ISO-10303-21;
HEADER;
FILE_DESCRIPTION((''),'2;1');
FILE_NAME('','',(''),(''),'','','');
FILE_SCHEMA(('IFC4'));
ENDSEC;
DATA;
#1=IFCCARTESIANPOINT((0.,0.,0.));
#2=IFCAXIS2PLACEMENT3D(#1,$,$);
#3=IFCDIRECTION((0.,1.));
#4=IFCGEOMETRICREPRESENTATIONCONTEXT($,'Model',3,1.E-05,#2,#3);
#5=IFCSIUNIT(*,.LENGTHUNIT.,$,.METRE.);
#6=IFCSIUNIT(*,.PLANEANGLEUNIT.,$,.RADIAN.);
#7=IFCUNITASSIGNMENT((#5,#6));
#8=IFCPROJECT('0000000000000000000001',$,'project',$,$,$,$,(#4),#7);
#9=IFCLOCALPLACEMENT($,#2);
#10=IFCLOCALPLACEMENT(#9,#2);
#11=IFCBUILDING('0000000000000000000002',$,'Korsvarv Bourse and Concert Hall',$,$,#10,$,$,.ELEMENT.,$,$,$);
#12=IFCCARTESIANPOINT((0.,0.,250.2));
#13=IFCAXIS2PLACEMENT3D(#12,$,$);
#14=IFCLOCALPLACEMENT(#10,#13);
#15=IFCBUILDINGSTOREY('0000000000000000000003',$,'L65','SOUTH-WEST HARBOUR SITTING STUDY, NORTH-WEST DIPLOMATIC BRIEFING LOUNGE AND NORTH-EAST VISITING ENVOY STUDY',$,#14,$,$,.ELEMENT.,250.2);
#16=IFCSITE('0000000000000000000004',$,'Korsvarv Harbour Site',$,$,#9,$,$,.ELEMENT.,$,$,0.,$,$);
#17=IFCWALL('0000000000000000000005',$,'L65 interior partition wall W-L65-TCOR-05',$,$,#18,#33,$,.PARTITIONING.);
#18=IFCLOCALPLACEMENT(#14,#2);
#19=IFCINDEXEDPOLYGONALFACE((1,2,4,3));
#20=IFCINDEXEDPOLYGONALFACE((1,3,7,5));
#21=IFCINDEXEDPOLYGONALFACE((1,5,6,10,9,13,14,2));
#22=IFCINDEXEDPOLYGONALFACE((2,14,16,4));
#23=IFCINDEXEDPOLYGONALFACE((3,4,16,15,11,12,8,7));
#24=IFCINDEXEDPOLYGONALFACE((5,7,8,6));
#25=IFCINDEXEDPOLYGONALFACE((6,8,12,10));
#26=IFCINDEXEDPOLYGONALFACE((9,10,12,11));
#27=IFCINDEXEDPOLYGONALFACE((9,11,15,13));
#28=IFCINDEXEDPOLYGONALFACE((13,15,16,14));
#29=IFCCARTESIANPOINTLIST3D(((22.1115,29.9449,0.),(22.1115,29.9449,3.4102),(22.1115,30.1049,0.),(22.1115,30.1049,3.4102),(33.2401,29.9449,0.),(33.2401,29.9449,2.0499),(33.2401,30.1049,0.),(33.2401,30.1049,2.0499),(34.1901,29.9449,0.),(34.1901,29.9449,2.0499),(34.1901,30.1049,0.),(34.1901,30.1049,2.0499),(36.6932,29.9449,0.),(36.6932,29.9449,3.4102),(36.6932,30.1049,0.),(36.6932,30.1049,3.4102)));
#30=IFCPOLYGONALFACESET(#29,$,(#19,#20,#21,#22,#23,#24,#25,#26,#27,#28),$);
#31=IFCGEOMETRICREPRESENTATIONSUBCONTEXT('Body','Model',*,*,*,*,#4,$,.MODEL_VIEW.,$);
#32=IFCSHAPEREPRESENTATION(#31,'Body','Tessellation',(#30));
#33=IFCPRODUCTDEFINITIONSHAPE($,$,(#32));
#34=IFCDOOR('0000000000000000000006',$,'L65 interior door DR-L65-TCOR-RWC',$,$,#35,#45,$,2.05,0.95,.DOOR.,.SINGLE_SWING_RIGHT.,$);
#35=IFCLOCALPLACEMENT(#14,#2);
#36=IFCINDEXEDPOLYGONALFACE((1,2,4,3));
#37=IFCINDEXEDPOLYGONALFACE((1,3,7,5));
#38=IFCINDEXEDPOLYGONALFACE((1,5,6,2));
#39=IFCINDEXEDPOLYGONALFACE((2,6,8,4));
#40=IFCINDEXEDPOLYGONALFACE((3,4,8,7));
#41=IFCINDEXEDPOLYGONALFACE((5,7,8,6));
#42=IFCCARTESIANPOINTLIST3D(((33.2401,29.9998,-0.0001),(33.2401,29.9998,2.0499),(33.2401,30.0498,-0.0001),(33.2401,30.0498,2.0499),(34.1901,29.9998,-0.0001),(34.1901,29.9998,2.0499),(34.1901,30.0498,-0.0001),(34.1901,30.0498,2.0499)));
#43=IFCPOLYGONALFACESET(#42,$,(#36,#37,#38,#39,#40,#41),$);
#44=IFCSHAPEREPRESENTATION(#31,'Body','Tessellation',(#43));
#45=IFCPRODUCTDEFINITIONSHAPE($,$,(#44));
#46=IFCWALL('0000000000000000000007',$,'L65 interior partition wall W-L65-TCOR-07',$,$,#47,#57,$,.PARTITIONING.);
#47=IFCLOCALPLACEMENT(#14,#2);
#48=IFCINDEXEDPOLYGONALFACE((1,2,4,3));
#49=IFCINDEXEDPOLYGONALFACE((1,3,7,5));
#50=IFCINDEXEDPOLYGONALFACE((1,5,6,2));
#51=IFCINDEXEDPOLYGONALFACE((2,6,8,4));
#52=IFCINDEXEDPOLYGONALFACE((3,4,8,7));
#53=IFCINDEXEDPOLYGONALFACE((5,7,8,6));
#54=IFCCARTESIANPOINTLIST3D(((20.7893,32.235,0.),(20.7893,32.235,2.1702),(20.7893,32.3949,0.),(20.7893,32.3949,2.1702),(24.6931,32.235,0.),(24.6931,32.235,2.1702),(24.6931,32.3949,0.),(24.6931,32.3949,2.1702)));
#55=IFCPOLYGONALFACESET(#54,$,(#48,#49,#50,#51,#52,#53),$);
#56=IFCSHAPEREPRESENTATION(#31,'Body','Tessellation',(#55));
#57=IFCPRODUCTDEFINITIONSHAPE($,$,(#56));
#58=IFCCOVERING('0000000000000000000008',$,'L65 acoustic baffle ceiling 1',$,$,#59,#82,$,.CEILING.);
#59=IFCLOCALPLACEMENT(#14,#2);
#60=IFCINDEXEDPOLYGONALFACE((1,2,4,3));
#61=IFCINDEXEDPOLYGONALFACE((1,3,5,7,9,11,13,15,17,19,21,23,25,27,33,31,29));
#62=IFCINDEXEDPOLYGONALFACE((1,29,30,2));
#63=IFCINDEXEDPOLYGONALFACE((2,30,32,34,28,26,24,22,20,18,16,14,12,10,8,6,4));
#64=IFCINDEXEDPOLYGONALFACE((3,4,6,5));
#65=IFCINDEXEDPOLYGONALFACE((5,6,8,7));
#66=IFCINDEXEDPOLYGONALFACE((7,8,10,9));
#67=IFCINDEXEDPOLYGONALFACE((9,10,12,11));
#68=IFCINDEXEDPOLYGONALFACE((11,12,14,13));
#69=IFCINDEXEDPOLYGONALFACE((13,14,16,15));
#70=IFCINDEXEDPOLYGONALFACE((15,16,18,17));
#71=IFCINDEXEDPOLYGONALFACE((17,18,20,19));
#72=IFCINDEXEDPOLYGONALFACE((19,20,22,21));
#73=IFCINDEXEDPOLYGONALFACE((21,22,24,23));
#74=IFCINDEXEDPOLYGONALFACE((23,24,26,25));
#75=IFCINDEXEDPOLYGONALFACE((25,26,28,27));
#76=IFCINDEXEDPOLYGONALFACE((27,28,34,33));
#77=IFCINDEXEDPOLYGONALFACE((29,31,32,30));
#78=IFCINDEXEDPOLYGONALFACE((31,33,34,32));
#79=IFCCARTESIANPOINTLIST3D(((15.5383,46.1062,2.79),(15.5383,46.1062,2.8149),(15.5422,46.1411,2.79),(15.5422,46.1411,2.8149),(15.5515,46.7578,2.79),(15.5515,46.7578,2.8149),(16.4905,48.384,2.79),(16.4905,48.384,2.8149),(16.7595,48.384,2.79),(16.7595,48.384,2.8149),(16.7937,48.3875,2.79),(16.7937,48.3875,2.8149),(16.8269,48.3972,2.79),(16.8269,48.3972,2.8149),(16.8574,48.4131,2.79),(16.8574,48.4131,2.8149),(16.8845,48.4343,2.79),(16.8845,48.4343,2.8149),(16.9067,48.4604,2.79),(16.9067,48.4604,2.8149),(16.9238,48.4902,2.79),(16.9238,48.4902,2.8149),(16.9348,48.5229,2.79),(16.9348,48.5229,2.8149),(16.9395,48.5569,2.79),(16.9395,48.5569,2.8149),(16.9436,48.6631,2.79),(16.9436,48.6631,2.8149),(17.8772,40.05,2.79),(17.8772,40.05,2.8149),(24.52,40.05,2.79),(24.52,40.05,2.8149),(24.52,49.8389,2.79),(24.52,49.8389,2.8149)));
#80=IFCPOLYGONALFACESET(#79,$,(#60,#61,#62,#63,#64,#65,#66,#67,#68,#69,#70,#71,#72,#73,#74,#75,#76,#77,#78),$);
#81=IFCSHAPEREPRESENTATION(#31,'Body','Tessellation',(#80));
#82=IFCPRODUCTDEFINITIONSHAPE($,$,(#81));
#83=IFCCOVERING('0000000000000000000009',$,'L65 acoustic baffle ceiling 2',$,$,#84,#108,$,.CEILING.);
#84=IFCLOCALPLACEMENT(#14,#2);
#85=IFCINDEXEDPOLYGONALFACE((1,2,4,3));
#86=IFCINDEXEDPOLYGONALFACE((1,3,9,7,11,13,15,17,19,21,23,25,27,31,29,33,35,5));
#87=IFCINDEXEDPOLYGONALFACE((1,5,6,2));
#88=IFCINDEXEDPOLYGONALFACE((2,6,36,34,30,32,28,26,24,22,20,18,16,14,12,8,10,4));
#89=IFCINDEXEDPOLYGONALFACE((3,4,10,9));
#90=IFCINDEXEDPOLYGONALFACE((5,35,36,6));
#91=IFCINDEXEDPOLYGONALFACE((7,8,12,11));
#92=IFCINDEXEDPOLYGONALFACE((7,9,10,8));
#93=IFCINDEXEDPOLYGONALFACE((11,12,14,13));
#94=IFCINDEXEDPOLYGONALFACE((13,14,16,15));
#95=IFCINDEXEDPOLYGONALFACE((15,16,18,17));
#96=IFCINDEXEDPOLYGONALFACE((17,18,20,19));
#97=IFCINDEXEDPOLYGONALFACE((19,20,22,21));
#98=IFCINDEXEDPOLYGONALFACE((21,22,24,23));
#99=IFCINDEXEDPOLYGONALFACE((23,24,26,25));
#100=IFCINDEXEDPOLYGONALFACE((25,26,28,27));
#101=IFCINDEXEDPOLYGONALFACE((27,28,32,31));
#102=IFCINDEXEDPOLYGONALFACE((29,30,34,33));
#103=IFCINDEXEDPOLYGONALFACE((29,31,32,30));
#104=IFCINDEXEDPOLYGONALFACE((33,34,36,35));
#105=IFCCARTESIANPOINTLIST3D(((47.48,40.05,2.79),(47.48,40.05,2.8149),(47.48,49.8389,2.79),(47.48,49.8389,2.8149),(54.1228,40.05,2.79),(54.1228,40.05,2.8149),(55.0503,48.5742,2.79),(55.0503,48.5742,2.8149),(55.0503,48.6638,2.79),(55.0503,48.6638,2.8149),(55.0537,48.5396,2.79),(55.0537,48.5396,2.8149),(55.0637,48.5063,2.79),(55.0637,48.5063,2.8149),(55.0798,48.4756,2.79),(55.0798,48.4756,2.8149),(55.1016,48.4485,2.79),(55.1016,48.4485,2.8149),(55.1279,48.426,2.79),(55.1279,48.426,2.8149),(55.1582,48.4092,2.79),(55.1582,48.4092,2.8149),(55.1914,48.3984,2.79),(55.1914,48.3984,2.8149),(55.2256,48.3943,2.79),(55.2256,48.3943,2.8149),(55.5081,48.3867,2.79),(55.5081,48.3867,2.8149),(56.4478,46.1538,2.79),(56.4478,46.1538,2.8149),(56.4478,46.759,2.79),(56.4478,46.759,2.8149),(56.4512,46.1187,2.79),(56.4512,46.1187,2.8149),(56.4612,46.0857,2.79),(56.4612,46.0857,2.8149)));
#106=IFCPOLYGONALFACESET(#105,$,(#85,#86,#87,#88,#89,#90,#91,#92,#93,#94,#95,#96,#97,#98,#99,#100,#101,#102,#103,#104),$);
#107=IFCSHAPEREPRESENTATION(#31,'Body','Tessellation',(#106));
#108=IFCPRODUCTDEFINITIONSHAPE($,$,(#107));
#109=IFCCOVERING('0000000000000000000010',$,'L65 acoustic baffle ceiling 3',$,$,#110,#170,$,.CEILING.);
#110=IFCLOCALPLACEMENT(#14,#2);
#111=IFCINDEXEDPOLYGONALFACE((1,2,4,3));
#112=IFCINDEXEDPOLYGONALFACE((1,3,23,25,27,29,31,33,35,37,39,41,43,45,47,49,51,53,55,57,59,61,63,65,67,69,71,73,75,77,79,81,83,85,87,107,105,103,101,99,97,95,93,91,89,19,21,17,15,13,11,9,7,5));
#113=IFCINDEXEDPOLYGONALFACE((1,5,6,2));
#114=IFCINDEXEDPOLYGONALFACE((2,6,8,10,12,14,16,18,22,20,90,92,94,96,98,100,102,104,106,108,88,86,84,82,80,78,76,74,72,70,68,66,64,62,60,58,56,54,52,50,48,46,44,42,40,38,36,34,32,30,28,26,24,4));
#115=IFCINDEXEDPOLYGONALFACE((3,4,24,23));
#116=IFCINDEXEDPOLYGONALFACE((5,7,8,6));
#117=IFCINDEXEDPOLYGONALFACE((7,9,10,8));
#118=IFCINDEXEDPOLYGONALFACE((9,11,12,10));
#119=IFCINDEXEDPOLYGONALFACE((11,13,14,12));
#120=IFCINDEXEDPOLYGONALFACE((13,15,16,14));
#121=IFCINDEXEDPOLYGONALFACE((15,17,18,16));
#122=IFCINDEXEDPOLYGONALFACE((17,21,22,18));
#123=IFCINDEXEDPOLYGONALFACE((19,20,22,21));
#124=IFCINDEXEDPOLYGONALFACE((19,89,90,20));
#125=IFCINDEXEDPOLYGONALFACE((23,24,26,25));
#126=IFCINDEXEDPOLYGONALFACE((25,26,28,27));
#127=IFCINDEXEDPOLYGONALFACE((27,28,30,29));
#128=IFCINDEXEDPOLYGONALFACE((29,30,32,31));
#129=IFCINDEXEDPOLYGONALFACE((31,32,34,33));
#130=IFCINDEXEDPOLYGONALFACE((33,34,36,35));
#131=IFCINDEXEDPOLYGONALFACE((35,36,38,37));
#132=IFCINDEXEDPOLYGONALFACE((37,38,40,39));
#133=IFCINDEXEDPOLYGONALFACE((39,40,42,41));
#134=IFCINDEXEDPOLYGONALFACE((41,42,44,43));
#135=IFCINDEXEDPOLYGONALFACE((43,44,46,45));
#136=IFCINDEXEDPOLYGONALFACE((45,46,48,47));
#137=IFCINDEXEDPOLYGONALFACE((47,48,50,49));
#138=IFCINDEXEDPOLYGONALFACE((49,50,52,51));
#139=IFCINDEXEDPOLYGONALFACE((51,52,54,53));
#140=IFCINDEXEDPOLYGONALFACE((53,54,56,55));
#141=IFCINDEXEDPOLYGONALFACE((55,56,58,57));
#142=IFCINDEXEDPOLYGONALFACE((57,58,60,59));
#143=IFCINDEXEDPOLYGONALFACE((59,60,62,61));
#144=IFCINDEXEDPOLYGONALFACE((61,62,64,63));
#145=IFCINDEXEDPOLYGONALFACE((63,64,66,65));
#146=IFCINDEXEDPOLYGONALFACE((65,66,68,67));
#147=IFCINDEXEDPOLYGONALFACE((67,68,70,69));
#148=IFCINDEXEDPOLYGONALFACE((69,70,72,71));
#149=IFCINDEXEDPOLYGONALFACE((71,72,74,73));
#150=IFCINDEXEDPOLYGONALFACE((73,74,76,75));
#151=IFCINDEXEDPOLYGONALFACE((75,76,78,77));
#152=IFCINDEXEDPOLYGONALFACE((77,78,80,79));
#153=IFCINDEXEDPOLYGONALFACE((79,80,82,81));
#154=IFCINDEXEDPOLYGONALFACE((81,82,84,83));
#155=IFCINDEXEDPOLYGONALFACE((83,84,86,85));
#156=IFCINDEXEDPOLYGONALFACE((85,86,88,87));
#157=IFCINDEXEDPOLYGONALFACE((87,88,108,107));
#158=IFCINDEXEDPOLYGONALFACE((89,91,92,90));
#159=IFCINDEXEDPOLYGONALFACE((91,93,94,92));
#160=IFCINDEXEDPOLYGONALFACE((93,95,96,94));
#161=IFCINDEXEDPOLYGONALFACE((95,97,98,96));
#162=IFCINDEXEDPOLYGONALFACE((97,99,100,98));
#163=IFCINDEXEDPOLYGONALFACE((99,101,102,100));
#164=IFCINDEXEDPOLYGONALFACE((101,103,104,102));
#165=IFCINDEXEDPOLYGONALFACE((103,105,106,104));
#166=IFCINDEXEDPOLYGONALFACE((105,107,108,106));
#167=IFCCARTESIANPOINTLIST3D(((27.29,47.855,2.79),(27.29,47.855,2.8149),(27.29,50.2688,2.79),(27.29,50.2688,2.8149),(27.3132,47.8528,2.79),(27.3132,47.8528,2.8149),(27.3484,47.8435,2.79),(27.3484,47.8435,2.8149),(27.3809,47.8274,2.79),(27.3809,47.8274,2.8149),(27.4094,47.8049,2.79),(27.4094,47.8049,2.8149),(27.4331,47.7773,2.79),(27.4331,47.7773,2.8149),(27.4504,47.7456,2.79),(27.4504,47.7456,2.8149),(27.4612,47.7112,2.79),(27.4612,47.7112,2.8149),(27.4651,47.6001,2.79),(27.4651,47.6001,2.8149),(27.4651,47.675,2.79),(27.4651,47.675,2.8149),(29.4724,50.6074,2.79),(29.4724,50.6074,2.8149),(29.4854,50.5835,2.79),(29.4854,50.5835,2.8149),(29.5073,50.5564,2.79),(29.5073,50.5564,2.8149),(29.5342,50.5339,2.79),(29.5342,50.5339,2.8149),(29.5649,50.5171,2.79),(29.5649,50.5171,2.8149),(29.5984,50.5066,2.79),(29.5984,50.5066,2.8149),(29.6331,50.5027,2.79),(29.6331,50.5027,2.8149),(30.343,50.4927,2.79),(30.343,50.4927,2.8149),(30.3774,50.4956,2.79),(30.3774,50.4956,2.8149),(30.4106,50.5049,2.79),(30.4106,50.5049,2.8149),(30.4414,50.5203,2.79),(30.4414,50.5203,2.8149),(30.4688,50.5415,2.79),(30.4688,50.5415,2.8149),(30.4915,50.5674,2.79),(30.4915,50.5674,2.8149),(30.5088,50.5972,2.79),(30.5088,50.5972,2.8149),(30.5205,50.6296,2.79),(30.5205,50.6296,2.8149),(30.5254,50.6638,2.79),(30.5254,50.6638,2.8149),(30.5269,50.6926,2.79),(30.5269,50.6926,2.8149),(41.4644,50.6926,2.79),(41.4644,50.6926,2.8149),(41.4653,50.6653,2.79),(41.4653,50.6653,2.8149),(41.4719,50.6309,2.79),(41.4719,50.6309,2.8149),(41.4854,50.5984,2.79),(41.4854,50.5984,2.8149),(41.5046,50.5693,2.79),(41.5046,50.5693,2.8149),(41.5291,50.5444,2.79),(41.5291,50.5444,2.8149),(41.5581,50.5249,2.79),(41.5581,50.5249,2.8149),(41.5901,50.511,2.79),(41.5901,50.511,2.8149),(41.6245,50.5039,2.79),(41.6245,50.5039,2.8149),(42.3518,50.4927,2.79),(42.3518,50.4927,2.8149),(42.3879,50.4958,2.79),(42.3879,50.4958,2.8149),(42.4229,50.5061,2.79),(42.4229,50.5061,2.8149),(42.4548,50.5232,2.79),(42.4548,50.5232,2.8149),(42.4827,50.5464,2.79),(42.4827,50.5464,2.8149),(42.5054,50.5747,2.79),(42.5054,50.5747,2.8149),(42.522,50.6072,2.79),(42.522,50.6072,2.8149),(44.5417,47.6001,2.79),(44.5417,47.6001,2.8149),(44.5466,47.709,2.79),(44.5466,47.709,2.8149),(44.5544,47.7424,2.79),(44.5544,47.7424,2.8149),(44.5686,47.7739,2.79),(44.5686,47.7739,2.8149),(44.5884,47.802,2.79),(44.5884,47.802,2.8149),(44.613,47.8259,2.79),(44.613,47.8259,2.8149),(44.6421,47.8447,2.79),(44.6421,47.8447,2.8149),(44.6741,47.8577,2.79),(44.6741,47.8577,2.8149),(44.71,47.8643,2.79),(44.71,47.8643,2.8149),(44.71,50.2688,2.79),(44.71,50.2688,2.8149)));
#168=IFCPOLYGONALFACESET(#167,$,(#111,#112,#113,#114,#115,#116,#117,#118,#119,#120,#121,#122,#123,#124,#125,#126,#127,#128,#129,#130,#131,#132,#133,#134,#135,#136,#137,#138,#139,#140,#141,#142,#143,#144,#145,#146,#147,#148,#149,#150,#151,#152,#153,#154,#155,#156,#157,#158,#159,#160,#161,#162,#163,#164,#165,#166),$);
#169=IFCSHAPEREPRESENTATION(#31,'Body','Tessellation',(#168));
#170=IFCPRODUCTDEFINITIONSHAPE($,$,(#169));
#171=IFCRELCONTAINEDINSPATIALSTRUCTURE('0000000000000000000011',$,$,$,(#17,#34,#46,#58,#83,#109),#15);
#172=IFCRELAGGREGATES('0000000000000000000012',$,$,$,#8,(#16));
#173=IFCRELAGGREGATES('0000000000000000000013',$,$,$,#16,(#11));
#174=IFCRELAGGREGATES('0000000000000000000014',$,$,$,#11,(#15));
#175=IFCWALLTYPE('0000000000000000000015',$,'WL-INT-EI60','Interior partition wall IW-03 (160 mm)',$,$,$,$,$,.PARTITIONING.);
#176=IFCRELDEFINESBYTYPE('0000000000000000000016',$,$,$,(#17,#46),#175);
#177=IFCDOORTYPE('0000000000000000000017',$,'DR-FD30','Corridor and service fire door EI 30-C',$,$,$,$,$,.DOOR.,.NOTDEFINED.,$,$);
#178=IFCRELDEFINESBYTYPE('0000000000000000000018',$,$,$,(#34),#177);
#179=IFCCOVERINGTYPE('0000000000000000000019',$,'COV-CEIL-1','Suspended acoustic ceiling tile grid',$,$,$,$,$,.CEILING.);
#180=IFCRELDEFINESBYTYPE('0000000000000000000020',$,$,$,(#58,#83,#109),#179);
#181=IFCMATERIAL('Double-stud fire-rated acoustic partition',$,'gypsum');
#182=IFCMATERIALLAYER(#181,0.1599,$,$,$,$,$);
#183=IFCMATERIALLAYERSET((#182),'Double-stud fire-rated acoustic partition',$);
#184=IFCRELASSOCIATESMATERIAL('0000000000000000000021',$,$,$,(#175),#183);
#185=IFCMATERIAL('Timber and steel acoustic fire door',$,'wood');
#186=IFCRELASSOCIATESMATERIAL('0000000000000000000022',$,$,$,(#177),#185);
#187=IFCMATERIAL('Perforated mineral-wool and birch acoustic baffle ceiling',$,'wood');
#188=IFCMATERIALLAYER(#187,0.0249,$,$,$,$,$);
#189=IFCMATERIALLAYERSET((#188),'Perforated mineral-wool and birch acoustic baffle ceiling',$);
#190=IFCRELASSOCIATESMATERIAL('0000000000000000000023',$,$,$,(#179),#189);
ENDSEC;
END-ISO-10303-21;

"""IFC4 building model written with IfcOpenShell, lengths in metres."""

from ifc_helpers import new_model, si_unit, direction, frame, frame_2d, origin, place, context, subcontext, project, spatial, polyline, rectangle, outline, extrude, material, layer, layer_set, type_object, element, fill, save


model = new_model("IFC4")

# Units and contexts
model_context = context("Model", 3, precision=1e-05, world=origin(), true_north=direction((0.0, 1.0)))
body_context = subcontext(model_context, "Body", "Model", "MODEL_VIEW")
ifc_project = project(units=[si_unit("LENGTHUNIT", "METRE"), si_unit("PLANEANGLEUNIT", "RADIAN")], contexts=[model_context])

# Site, building, storey
site_placement = place(None, origin())
site = spatial("IfcSite", under=ifc_project, at=site_placement, Name="Korsvarv Harbour Site", CompositionType="ELEMENT", RefElevation=0.0)
building_placement = place(site_placement, origin())
building = spatial("IfcBuilding", under=site, at=building_placement, Name="Korsvarv Bourse and Concert Hall", CompositionType="ELEMENT")
storey_placement = place(building_placement, frame((0.0, 0.0, 250.2)))
storey = spatial("IfcBuildingStorey", under=building, at=storey_placement, Name="L65", Description="SOUTH-WEST HARBOUR SITTING STUDY, NORTH-WEST DIPLOMATIC BRIEFING LOUNGE AND NORTH-EAST VISITING ENVOY STUDY", CompositionType="ELEMENT", Elevation=250.2)

# Wall, opening, door
ifc_material_1 = material(Name="Double-stud fire-rated acoustic partition", Category="gypsum")
ifc_layer_1 = layer(ifc_material_1, 0.1599)
ifc_layer_set_1 = layer_set([ifc_layer_1], Name="Double-stud fire-rated acoustic partition")
wall_type = type_object("IfcWallType", Name="WL-INT-EI60", Description="Interior partition wall IW-03 (160 mm)", PredefinedType="PARTITIONING", material=ifc_layer_set_1)
wall_1_placement = place(storey_placement, frame((22.1113, 30.0249, 0.0), z_axis=(0.0, 0.0, 1.0), x_axis=(1.0, 0.0, 0.0)))
wall_1 = element("IfcWall", 1, at=wall_1_placement, inside=storey, type_object=wall_type, Name="L65 interior partition wall W-L65-TCOR-05", PredefinedType="PARTITIONING", context=body_context, shape_type="SweptSolid", body=[
    extrude(rectangle(XDim=14.5818, YDim=0.1599, at=frame_2d((7.291, 0.0))), origin(), (0.0, 0.0, 1.0), 3.4102),
])
opening_placement = place(wall_1_placement, frame((11.1287, 0.0, 0.0)))
opening = element("IfcOpeningElement", 2, at=opening_placement, cuts=wall_1, PredefinedType="OPENING", context=body_context, shape_type="SweptSolid", body=[
    extrude(rectangle(XDim=0.95, YDim=2.05, at=frame_2d((0.4751, 1.0249))), frame((0.0, 0.0898, 0.0), z_axis=(0.0, -1.0, 0.0), x_axis=(1.0, 0.0, 0.0)), (0.0, 0.0, 1.0), 0.1799),
])
ifc_material_2 = material(Name="Timber and steel acoustic fire door", Category="wood")
door_type = type_object("IfcDoorType", Name="DR-FD30", Description="Corridor and service fire door EI 30-C", OperationType="NOTDEFINED", PredefinedType="DOOR", material=ifc_material_2)
door_placement = place(opening_placement, origin())
door = element("IfcDoor", 3, at=door_placement, inside=storey, type_object=door_type, Name="L65 interior door DR-L65-TCOR-RWC", OperationType="SINGLE_SWING_RIGHT", OverallHeight=2.05, OverallWidth=0.95, PredefinedType="DOOR", context=body_context, shape_type="SweptSolid", body=[
    extrude(rectangle(XDim=0.95, YDim=2.05, at=frame_2d((0.4751, 1.0249))), frame((0.0, 0.0249, 0.0), z_axis=(0.0, -1.0, 0.0), x_axis=(1.0, 0.0, 0.0)), (0.0, 0.0, 1.0), 0.05),
])
fill(opening, door)

# Wall
wall_2_placement = place(storey_placement, frame((20.7893, 32.3149, 0.0), z_axis=(0.0, 0.0, 1.0), x_axis=(1.0, 0.0, 0.0)))
element("IfcWall", 4, at=wall_2_placement, inside=storey, type_object=wall_type, Name="L65 interior partition wall W-L65-TCOR-07", PredefinedType="PARTITIONING", context=body_context, shape_type="SweptSolid", body=[
    extrude(rectangle(XDim=3.9038, YDim=0.1599, at=frame_2d((1.9519, 0.0))), origin(), (0.0, 0.0, 1.0), 2.1702),
])

# Coverings
ifc_material_3 = material(Name="Perforated mineral-wool and birch acoustic baffle ceiling", Category="wood")
ifc_layer_2 = layer(ifc_material_3, 0.0249)
ifc_layer_set_2 = layer_set([ifc_layer_2], Name="Perforated mineral-wool and birch acoustic baffle ceiling")
covering_type_1 = type_object("IfcCoveringType", Name="COV-CEIL-1", Description="Suspended acoustic ceiling tile grid", PredefinedType="CEILING", material=ifc_layer_set_2)
covering_1_placement = place(storey_placement, frame((0.0, 0.0, 2.79)))
element("IfcCovering", 5, at=covering_1_placement, inside=storey, type_object=covering_type_1, Name="L65 acoustic baffle ceiling 1", PredefinedType="CEILING", context=body_context, shape_type="SweptSolid", body=[
    extrude(outline(polyline([(15.5383, 46.1062), (15.5422, 46.1411), (15.5515, 46.7578), (16.4905, 48.384), (16.7595, 48.384), (16.7937, 48.3875), (16.8269, 48.3972), (16.8574, 48.4131), (16.8845, 48.4343), (16.9067, 48.4604), (16.9238, 48.4902), (16.9348, 48.5229), (16.9395, 48.5569), (16.9436, 48.6631), (24.52, 49.8389), (24.52, 40.05), (17.8772, 40.05), (15.5383, 46.1062)])), origin(), (0.0, 0.0, 1.0), 0.0249),
])
covering_2_placement = place(storey_placement, frame((0.0, 0.0, 2.79)))
element("IfcCovering", 6, at=covering_2_placement, inside=storey, type_object=covering_type_1, Name="L65 acoustic baffle ceiling 2", PredefinedType="CEILING", context=body_context, shape_type="SweptSolid", body=[
    extrude(outline(polyline([(55.0503, 48.5742), (55.0537, 48.5396), (55.0637, 48.5063), (55.0798, 48.4756), (55.1016, 48.4485), (55.1279, 48.426), (55.1582, 48.4092), (55.1914, 48.3984), (55.2256, 48.3943), (55.5081, 48.3867), (56.4478, 46.759), (56.4478, 46.1538), (56.4512, 46.1187), (56.4612, 46.0857), (54.1228, 40.05), (47.48, 40.05), (47.48, 49.8389), (55.0503, 48.6638), (55.0503, 48.5742)])), origin(), (0.0, 0.0, 1.0), 0.0249),
])
covering_3_placement = place(storey_placement, frame((0.0, 0.0, 2.79)))
element("IfcCovering", 7, at=covering_3_placement, inside=storey, type_object=covering_type_1, Name="L65 acoustic baffle ceiling 3", PredefinedType="CEILING", context=body_context, shape_type="SweptSolid", body=[
    extrude(outline(polyline([(29.4724, 50.6074), (29.4854, 50.5835), (29.5073, 50.5564), (29.5342, 50.5339), (29.5649, 50.5171), (29.5984, 50.5066), (29.6331, 50.5027), (30.343, 50.4927), (30.3774, 50.4956), (30.4106, 50.5049), (30.4414, 50.5203), (30.4688, 50.5415), (30.4915, 50.5674), (30.5088, 50.5972), (30.5205, 50.6296), (30.5254, 50.6638), (30.5269, 50.6926), (41.4644, 50.6926), (41.4653, 50.6653), (41.4719, 50.6309), (41.4854, 50.5984), (41.5046, 50.5693), (41.5291, 50.5444), (41.5581, 50.5249), (41.5901, 50.511), (41.6245, 50.5039), (42.3518, 50.4927), (42.3879, 50.4958), (42.4229, 50.5061), (42.4548, 50.5232), (42.4827, 50.5464), (42.5054, 50.5747), (42.522, 50.6072), (44.71, 50.2688), (44.71, 47.8643), (44.6741, 47.8577), (44.6421, 47.8447), (44.613, 47.8259), (44.5884, 47.802), (44.5686, 47.7739), (44.5544, 47.7424), (44.5466, 47.709), (44.5417, 47.6001), (27.4651, 47.6001), (27.4651, 47.675), (27.4612, 47.7112), (27.4504, 47.7456), (27.4331, 47.7773), (27.4094, 47.8049), (27.3809, 47.8274), (27.3484, 47.8435), (27.3132, 47.8528), (27.29, 47.855), (27.29, 50.2688), (29.4724, 50.6074)])), origin(), (0.0, 0.0, 1.0), 0.0249),
])

save(model, "model.ifc")
